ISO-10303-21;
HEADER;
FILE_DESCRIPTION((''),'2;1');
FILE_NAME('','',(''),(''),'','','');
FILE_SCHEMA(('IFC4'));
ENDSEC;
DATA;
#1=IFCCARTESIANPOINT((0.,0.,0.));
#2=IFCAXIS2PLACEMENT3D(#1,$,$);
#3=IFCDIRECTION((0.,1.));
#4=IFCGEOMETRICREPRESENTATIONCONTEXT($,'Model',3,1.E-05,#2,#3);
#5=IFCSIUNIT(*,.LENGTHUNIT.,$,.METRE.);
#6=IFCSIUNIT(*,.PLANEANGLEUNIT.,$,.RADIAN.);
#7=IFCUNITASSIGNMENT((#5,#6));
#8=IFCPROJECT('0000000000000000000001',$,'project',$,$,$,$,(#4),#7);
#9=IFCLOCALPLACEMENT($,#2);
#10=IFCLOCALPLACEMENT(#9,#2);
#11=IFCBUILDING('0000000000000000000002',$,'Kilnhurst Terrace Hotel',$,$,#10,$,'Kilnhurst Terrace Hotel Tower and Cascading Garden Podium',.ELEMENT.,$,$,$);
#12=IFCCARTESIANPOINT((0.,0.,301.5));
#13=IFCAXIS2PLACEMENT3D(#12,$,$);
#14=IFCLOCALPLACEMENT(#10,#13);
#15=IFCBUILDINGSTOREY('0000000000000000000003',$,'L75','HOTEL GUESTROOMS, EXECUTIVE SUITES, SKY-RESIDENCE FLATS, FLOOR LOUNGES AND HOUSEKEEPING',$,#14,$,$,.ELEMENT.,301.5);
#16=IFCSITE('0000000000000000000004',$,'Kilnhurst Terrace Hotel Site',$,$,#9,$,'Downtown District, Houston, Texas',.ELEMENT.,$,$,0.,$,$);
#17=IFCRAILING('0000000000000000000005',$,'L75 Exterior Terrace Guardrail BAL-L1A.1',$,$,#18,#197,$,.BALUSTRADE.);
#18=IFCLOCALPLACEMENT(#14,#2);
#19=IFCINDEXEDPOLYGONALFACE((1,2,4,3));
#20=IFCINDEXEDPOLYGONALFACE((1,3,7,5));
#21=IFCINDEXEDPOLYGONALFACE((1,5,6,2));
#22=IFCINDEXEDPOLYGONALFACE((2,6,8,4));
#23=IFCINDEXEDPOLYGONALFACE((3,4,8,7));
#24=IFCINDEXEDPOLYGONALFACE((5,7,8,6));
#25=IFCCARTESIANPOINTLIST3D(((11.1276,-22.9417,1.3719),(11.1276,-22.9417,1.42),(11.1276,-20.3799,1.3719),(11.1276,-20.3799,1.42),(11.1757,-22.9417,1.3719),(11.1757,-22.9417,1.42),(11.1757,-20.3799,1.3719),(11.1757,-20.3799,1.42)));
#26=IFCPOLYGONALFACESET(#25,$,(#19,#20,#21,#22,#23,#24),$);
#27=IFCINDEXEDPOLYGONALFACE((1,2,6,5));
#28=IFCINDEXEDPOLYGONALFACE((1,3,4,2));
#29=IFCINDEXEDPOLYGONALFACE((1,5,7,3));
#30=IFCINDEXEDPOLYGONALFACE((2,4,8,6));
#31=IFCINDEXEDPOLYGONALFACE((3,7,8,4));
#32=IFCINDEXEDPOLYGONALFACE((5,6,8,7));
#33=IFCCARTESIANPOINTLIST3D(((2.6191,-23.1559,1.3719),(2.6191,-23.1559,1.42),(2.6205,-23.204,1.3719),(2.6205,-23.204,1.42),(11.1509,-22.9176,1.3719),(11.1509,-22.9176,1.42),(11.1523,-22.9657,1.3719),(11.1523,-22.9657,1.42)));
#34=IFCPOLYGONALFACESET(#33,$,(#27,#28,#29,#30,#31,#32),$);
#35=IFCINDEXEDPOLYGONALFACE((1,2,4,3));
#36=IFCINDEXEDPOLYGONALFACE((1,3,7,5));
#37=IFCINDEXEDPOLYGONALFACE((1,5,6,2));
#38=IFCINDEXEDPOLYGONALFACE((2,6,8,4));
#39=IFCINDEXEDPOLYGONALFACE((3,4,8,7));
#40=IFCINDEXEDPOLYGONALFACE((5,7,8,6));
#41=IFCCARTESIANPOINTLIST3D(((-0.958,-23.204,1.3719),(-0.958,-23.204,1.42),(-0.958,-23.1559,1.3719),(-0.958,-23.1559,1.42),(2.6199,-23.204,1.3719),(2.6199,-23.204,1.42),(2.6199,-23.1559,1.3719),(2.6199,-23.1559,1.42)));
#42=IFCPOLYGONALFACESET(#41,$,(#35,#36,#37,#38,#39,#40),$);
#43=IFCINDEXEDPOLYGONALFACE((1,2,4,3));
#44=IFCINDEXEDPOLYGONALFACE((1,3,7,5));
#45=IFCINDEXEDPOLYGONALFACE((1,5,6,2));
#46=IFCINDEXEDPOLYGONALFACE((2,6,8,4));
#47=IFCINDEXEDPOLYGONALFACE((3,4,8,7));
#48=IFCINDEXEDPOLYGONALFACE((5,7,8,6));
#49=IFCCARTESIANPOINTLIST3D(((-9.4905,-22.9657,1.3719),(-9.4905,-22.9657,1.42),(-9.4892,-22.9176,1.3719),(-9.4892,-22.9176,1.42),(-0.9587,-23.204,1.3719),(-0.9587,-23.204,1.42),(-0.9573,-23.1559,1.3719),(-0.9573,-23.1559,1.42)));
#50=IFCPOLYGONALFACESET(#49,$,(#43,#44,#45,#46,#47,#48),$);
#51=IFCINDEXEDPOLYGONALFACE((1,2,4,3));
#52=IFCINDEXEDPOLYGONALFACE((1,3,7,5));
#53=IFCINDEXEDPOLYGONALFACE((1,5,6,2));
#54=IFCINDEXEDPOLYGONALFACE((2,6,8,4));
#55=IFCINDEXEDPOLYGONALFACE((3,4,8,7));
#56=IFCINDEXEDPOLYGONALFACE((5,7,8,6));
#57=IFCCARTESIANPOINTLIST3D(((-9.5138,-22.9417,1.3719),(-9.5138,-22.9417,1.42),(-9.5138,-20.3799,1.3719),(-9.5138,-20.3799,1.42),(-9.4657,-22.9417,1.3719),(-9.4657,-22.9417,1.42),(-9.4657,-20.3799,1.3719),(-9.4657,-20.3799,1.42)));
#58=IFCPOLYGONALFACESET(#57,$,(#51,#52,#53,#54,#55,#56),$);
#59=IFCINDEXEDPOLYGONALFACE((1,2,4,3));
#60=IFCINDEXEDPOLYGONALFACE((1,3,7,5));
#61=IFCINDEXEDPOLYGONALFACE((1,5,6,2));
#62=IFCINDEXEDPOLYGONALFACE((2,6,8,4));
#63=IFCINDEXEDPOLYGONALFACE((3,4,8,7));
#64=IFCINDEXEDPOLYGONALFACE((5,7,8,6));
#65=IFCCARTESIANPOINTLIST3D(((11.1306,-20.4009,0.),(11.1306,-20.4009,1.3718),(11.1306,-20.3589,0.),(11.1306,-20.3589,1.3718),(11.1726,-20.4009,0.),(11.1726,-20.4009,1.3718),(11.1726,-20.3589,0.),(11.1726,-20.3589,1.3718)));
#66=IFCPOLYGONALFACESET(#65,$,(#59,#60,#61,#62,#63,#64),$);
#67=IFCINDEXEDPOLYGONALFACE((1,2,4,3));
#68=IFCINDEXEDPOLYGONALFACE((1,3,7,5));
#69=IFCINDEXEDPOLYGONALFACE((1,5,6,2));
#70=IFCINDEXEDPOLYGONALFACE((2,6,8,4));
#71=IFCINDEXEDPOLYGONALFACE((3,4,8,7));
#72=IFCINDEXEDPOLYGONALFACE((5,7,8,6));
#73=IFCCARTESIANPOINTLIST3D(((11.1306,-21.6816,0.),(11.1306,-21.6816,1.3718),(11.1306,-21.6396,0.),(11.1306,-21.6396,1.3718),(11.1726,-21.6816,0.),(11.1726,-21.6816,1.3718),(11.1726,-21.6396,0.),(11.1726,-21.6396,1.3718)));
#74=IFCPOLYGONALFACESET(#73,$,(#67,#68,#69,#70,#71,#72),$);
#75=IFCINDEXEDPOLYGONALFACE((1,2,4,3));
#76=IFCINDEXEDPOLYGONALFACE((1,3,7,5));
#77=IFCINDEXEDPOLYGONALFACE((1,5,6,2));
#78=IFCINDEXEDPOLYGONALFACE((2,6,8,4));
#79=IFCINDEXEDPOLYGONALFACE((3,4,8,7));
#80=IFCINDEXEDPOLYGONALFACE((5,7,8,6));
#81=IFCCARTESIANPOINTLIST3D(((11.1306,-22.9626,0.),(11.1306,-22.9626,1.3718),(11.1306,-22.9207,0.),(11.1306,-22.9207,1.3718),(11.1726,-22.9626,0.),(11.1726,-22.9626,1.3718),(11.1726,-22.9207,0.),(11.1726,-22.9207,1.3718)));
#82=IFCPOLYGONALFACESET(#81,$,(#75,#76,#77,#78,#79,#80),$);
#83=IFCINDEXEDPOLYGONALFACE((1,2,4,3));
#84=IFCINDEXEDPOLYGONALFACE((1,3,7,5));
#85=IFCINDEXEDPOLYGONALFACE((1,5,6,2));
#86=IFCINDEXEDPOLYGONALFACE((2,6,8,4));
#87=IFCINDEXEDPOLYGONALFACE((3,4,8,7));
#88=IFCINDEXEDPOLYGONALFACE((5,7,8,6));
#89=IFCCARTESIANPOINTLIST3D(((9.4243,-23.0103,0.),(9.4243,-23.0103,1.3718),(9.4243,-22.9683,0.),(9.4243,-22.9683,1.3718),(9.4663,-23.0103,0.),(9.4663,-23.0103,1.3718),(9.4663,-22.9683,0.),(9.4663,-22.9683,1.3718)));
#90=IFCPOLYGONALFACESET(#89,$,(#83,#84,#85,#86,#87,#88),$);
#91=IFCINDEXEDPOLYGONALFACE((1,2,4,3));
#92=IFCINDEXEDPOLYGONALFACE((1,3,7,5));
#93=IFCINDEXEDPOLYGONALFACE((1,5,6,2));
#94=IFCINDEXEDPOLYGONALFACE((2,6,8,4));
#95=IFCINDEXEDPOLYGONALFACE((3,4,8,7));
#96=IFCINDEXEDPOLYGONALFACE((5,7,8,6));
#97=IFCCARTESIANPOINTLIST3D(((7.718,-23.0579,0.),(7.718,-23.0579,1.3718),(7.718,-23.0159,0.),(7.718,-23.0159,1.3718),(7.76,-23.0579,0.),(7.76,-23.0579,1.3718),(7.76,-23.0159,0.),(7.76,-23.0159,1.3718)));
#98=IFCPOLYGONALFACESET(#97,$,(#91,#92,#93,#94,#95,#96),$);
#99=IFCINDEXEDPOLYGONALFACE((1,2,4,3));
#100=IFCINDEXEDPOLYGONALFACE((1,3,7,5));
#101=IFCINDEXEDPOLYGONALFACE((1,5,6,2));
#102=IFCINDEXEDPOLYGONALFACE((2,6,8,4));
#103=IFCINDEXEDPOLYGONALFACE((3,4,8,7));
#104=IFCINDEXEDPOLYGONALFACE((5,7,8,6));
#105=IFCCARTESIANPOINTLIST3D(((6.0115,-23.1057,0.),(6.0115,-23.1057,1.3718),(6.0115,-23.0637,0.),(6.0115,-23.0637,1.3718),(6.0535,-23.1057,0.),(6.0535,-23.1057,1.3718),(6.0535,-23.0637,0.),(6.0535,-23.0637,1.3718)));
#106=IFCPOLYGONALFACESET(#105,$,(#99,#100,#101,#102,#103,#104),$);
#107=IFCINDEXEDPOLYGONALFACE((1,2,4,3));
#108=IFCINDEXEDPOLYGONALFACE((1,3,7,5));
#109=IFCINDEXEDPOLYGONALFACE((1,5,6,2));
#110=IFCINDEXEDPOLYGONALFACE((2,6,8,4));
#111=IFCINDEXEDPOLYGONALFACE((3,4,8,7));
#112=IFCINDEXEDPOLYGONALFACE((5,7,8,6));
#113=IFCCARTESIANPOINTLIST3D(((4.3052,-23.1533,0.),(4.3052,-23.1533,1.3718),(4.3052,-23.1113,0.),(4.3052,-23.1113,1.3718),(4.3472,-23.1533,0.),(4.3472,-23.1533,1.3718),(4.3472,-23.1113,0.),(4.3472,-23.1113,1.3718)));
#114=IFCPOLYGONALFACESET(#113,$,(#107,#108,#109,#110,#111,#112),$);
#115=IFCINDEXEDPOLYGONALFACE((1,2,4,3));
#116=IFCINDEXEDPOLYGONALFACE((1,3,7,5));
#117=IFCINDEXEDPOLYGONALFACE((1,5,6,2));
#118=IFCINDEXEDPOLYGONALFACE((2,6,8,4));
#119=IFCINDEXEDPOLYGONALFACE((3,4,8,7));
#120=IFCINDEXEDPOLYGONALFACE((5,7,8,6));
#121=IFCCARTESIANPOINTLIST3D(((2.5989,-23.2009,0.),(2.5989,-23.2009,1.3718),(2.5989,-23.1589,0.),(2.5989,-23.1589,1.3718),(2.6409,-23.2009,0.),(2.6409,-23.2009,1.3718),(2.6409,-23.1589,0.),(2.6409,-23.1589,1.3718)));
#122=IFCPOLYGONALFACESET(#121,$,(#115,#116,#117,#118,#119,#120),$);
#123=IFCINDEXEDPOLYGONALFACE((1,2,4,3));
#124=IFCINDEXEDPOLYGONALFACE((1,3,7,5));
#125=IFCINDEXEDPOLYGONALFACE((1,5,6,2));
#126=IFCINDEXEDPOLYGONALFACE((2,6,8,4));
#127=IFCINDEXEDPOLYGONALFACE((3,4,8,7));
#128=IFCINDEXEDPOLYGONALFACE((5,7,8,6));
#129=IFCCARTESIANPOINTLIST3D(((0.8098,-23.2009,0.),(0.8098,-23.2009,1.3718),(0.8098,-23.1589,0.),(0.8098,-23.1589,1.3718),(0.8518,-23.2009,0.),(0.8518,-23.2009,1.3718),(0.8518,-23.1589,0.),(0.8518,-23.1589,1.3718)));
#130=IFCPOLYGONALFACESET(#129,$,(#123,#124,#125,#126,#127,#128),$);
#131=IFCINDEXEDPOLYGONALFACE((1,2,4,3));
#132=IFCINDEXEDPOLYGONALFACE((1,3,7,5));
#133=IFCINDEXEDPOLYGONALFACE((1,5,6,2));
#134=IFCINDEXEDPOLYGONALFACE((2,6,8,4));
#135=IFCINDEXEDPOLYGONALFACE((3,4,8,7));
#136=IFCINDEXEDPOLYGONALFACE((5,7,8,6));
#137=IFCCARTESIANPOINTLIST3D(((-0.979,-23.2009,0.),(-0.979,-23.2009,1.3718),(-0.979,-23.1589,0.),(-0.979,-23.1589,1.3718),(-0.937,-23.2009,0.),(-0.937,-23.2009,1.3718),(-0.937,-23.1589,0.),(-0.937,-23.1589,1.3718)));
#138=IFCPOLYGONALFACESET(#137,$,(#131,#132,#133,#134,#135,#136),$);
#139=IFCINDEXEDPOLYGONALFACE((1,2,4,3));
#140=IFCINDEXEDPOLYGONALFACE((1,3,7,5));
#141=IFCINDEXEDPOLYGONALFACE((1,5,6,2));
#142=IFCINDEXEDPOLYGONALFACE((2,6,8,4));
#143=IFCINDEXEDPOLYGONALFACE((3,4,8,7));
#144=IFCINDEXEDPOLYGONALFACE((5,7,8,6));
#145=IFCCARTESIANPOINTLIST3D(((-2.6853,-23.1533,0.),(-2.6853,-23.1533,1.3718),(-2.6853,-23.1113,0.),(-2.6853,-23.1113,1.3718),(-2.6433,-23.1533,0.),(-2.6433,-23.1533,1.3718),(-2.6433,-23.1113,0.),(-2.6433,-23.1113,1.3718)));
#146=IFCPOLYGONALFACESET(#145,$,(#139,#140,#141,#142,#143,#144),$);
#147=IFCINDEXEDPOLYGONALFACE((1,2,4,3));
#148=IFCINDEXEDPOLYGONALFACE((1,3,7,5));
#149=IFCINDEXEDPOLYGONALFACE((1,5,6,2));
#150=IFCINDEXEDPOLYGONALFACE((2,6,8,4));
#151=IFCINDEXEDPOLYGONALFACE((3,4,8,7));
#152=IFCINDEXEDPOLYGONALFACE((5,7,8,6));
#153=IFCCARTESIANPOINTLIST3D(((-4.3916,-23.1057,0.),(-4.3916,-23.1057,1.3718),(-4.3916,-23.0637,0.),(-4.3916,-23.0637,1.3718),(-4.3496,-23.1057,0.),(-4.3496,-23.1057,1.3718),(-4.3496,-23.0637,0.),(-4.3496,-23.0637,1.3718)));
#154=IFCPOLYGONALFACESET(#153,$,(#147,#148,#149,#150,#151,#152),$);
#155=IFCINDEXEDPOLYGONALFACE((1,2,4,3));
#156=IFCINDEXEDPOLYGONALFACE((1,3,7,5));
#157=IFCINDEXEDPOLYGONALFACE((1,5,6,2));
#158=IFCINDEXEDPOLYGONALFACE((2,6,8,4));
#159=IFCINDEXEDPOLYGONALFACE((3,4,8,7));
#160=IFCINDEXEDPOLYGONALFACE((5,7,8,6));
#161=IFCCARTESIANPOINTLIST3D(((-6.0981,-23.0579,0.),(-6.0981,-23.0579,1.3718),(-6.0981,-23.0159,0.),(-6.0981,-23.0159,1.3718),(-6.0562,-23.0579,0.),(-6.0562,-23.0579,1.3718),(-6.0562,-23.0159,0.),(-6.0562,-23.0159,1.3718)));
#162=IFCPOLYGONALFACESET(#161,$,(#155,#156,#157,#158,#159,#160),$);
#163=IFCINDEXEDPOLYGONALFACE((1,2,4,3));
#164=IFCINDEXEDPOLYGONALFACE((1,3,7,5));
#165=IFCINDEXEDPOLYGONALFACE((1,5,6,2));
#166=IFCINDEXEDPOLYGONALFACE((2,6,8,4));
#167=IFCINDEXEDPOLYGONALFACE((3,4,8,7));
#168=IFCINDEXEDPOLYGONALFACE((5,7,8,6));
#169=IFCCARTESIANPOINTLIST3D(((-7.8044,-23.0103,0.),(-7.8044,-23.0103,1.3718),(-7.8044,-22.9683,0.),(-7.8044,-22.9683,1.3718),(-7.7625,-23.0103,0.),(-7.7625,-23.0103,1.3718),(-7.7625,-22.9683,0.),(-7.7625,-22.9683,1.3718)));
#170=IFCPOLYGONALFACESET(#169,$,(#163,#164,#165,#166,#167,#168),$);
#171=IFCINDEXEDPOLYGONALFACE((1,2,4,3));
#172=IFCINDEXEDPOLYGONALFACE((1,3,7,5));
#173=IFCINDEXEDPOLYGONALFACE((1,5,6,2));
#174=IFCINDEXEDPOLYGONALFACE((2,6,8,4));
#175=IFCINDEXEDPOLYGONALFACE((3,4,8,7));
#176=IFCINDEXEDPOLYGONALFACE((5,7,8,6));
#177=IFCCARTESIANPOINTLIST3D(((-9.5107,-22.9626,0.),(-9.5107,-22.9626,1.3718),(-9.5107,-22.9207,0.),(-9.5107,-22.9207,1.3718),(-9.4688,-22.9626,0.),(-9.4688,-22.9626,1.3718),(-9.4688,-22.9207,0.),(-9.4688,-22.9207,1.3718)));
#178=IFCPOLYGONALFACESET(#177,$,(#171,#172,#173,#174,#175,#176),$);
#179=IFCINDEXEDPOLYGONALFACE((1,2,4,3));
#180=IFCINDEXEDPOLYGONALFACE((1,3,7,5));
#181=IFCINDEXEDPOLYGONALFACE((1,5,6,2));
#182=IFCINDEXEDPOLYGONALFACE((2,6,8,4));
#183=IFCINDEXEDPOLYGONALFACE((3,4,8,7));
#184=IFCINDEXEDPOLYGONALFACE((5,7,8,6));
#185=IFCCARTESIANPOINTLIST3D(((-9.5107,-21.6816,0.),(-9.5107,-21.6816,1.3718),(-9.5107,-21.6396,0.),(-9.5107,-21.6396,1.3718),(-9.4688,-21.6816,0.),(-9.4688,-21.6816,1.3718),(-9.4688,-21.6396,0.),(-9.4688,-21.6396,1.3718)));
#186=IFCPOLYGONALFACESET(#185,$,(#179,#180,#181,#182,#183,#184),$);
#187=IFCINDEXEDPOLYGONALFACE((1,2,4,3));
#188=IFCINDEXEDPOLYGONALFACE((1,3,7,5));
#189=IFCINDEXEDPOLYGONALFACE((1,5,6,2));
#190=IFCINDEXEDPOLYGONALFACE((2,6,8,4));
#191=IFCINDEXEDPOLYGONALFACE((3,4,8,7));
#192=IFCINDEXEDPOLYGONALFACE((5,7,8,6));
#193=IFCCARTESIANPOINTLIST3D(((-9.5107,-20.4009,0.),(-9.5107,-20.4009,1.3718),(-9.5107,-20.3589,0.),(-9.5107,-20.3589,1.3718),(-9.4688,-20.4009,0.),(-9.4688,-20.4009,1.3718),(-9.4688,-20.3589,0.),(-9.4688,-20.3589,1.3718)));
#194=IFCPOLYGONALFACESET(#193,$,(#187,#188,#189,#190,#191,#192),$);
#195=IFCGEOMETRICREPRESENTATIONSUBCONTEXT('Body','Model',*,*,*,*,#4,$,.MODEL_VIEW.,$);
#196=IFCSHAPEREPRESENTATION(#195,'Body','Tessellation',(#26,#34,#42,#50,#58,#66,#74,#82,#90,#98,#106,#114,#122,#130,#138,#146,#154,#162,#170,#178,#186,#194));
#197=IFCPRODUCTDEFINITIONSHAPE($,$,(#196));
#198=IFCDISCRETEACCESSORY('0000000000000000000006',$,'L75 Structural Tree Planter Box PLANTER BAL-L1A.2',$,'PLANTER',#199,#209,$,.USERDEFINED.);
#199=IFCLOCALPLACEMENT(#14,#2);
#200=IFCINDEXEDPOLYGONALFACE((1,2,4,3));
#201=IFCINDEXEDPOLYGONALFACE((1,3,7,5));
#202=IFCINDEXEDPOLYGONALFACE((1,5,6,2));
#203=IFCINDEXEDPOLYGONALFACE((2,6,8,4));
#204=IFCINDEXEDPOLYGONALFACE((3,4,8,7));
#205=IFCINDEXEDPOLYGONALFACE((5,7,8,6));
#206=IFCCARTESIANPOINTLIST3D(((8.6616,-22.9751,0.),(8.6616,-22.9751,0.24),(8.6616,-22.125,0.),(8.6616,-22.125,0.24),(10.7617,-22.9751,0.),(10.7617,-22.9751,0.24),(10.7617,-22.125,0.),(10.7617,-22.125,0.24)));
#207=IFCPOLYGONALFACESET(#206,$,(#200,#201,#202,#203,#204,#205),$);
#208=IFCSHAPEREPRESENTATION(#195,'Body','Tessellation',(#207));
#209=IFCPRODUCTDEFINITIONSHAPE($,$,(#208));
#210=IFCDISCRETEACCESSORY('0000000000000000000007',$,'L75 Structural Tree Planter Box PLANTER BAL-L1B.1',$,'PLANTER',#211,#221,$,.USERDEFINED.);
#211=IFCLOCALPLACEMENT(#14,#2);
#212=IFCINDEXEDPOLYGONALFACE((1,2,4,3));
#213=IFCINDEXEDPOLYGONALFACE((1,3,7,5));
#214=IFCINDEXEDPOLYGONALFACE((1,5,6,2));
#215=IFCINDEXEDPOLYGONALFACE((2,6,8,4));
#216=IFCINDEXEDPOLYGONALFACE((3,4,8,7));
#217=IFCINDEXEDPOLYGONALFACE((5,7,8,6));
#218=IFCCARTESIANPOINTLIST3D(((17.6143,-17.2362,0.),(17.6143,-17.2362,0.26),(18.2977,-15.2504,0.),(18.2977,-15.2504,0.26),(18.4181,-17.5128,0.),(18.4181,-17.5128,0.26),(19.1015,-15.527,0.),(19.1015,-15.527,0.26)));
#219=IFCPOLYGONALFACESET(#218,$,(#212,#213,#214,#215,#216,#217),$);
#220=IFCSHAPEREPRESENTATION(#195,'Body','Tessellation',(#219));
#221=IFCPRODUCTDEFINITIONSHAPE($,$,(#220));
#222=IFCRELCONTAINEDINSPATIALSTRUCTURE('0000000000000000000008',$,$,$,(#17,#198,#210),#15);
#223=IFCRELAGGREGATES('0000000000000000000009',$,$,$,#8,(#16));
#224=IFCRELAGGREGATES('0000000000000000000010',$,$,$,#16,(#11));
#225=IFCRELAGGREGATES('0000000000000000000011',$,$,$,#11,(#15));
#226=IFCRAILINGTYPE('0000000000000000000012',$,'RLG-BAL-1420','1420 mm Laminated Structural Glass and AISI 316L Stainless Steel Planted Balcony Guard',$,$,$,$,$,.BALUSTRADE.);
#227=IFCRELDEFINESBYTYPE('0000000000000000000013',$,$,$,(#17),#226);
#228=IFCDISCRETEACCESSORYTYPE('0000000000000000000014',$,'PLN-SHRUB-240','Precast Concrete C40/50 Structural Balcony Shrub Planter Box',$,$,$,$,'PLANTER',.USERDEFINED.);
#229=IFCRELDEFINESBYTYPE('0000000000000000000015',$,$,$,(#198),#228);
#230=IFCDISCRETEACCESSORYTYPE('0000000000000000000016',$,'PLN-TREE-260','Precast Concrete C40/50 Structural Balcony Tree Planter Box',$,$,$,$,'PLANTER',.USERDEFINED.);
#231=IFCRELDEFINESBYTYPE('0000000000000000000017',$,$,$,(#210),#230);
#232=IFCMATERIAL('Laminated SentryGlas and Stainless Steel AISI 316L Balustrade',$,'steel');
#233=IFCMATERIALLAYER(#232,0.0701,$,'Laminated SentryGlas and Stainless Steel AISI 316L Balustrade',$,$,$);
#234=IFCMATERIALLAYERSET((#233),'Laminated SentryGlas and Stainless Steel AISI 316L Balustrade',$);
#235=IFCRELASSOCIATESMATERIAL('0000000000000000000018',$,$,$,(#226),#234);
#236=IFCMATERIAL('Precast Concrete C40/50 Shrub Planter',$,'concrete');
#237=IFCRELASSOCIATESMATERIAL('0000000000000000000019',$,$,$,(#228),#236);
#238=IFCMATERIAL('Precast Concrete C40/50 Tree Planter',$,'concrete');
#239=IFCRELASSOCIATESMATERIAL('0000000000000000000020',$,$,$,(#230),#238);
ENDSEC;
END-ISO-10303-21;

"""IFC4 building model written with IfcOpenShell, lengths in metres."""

from ifc_helpers import new_model, si_unit, direction, frame, origin, origin_2d, place, context, subcontext, project, spatial, rectangle, extrude, material, layer, layer_set, type_object, element, save


model = new_model("IFC4")

# Units and contexts
model_context = context("Model", 3, precision=1e-05, world=origin(), true_north=direction((0.0, 1.0)))
body_context = subcontext(model_context, "Body", "Model", "MODEL_VIEW")
ifc_project = project(units=[si_unit("LENGTHUNIT", "METRE"), si_unit("PLANEANGLEUNIT", "RADIAN")], contexts=[model_context])

# Site, building, storey
site_placement = place(None, origin())
site = spatial("IfcSite", under=ifc_project, at=site_placement, Name="Kilnhurst Terrace Hotel Site", LongName="Downtown District, Houston, Texas", CompositionType="ELEMENT", RefElevation=0.0)
building_placement = place(site_placement, origin())
building = spatial("IfcBuilding", under=site, at=building_placement, Name="Kilnhurst Terrace Hotel", LongName="Kilnhurst Terrace Hotel Tower and Cascading Garden Podium", CompositionType="ELEMENT")
storey_placement = place(building_placement, frame((0.0, 0.0, 301.5)))
storey = spatial("IfcBuildingStorey", under=building, at=storey_placement, Name="L75", Description="HOTEL GUESTROOMS, EXECUTIVE SUITES, SKY-RESIDENCE FLATS, FLOOR LOUNGES AND HOUSEKEEPING", CompositionType="ELEMENT", Elevation=301.5)

# Railing
ifc_material_1 = material(Name="Laminated SentryGlas and Stainless Steel AISI 316L Balustrade", Category="steel")
ifc_layer_1 = layer(ifc_material_1, 0.0701, Name="Laminated SentryGlas and Stainless Steel AISI 316L Balustrade")
ifc_layer_set_1 = layer_set([ifc_layer_1], Name="Laminated SentryGlas and Stainless Steel AISI 316L Balustrade")
railing_type = type_object("IfcRailingType", Name="RLG-BAL-1420", Description="1420 mm Laminated Structural Glass and AISI 316L Stainless Steel Planted Balcony Guard", PredefinedType="BALUSTRADE", material=ifc_layer_set_1)
railing_placement = place(storey_placement, frame((11.1516, -20.3799, 0.0)))
element("IfcRailing", 1, at=railing_placement, inside=storey, type_object=railing_type, Name="L75 Exterior Terrace Guardrail BAL-L1A.1", PredefinedType="BALUSTRADE", context=body_context, shape_type="SweptSolid", body=[
    extrude(rectangle(XDim=0.0481, YDim=0.0481, at=origin_2d()), frame((0.0, 0.0, 1.396), z_axis=(0.0, -1.0, 0.0), x_axis=(1.0, 0.0, 0.0)), (0.0, 0.0, 1.0), 2.5618),
    extrude(rectangle(XDim=0.0481, YDim=0.0481, at=origin_2d()), frame((0.0, -2.5618, 1.396), z_axis=(-0.99961, -0.027918, 0.0), x_axis=(0.027918, -0.99961, 0.0)), (0.0, 0.0, 1.0), 8.5352),
    extrude(rectangle(XDim=0.0481, YDim=0.0481, at=origin_2d()), frame((-8.5317, -2.8, 1.396), z_axis=(-1.0, 0.0, 0.0), x_axis=(0.0, -1.0, 0.0)), (0.0, 0.0, 1.0), 3.5779),
    extrude(rectangle(XDim=0.0481, YDim=0.0481, at=origin_2d()), frame((-12.1096, -2.8, 1.396), z_axis=(-0.99961, 0.027918, 0.0), x_axis=(-0.027918, -0.99961, 0.0)), (0.0, 0.0, 1.0), 8.5352),
    extrude(rectangle(XDim=0.0481, YDim=0.0481, at=origin_2d()), frame((-20.6414, -2.5618, 1.396), z_axis=(0.0, 1.0, 0.0), x_axis=(-1.0, 0.0, 0.0)), (0.0, 0.0, 1.0), 2.5618),
    extrude(rectangle(XDim=0.042, YDim=0.042, at=origin_2d()), origin(), (0.0, 0.0, 1.0), 1.3718),
    extrude(rectangle(XDim=0.042, YDim=0.042, at=origin_2d()), frame((0.0, -1.2808, 0.0)), (0.0, 0.0, 1.0), 1.3718),
    extrude(rectangle(XDim=0.042, YDim=0.042, at=origin_2d()), frame((0.0, -2.5618, 0.0)), (0.0, 0.0, 1.0), 1.3718),
    extrude(rectangle(XDim=0.042, YDim=0.042, at=origin_2d()), frame((-1.7063, -2.6094, 0.0)), (0.0, 0.0, 1.0), 1.3718),
    extrude(rectangle(XDim=0.042, YDim=0.042, at=origin_2d()), frame((-3.4126, -2.657, 0.0)), (0.0, 0.0, 1.0), 1.3718),
    extrude(rectangle(XDim=0.042, YDim=0.042, at=origin_2d()), frame((-5.1191, -2.7048, 0.0)), (0.0, 0.0, 1.0), 1.3718),
    extrude(rectangle(XDim=0.042, YDim=0.042, at=origin_2d()), frame((-6.8254, -2.7524, 0.0)), (0.0, 0.0, 1.0), 1.3718),
    extrude(rectangle(XDim=0.042, YDim=0.042, at=origin_2d()), frame((-8.5317, -2.8, 0.0)), (0.0, 0.0, 1.0), 1.3718),
    extrude(rectangle(XDim=0.042, YDim=0.042, at=origin_2d()), frame((-10.3208, -2.8, 0.0)), (0.0, 0.0, 1.0), 1.3718),
    extrude(rectangle(XDim=0.042, YDim=0.042, at=origin_2d()), frame((-12.1096, -2.8, 0.0)), (0.0, 0.0, 1.0), 1.3718),
    extrude(rectangle(XDim=0.042, YDim=0.042, at=origin_2d()), frame((-13.8159, -2.7524, 0.0)), (0.0, 0.0, 1.0), 1.3718),
    extrude(rectangle(XDim=0.042, YDim=0.042, at=origin_2d()), frame((-15.5222, -2.7048, 0.0)), (0.0, 0.0, 1.0), 1.3718),
    extrude(rectangle(XDim=0.042, YDim=0.042, at=origin_2d()), frame((-17.2288, -2.657, 0.0)), (0.0, 0.0, 1.0), 1.3718),
    extrude(rectangle(XDim=0.042, YDim=0.042, at=origin_2d()), frame((-18.9351, -2.6094, 0.0)), (0.0, 0.0, 1.0), 1.3718),
    extrude(rectangle(XDim=0.042, YDim=0.042, at=origin_2d()), frame((-20.6414, -2.5618, 0.0)), (0.0, 0.0, 1.0), 1.3718),
    extrude(rectangle(XDim=0.042, YDim=0.042, at=origin_2d()), frame((-20.6414, -1.2808, 0.0)), (0.0, 0.0, 1.0), 1.3718),
    extrude(rectangle(XDim=0.042, YDim=0.042, at=origin_2d()), frame((-20.6414, 0.0, 0.0)), (0.0, 0.0, 1.0), 1.3718),
])

# Discrete accessories
ifc_material_2 = material(Name="Precast Concrete C40/50 Shrub Planter", Category="concrete")
discrete_accessory_type_1 = type_object("IfcDiscreteAccessoryType", Name="PLN-SHRUB-240", Description="Precast Concrete C40/50 Structural Balcony Shrub Planter Box", ElementType="PLANTER", PredefinedType="USERDEFINED", material=ifc_material_2)
discrete_accessory_1_placement = place(storey_placement, frame((9.7117, -22.55, 0.0), z_axis=(0.0, 0.0, 1.0), x_axis=(1.0, 0.0, 0.0)))
element("IfcDiscreteAccessory", 2, at=discrete_accessory_1_placement, inside=storey, type_object=discrete_accessory_type_1, Name="L75 Structural Tree Planter Box PLANTER BAL-L1A.2", ObjectType="PLANTER", PredefinedType="USERDEFINED", context=body_context, shape_type="SweptSolid", body=[
    extrude(rectangle(XDim=2.1001, YDim=0.8501, at=origin_2d()), origin(), (0.0, 0.0, 1.0), 0.24),
])
ifc_material_3 = material(Name="Precast Concrete C40/50 Tree Planter", Category="concrete")
discrete_accessory_type_2 = type_object("IfcDiscreteAccessoryType", Name="PLN-TREE-260", Description="Precast Concrete C40/50 Structural Balcony Tree Planter Box", ElementType="PLANTER", PredefinedType="USERDEFINED", material=ifc_material_3)
discrete_accessory_2_placement = place(storey_placement, frame((18.3579, -16.3816, 0.0), z_axis=(0.0, 0.0, 1.0), x_axis=(0.325403, 0.945575, 0.0)))
element("IfcDiscreteAccessory", 3, at=discrete_accessory_2_placement, inside=storey, type_object=discrete_accessory_type_2, Name="L75 Structural Tree Planter Box PLANTER BAL-L1B.1", ObjectType="PLANTER", PredefinedType="USERDEFINED", context=body_context, shape_type="SweptSolid", body=[
    extrude(rectangle(XDim=2.1001, YDim=0.8501, at=origin_2d()), origin(), (0.0, 0.0, 1.0), 0.26),
])

save(model, "model.ifc")
